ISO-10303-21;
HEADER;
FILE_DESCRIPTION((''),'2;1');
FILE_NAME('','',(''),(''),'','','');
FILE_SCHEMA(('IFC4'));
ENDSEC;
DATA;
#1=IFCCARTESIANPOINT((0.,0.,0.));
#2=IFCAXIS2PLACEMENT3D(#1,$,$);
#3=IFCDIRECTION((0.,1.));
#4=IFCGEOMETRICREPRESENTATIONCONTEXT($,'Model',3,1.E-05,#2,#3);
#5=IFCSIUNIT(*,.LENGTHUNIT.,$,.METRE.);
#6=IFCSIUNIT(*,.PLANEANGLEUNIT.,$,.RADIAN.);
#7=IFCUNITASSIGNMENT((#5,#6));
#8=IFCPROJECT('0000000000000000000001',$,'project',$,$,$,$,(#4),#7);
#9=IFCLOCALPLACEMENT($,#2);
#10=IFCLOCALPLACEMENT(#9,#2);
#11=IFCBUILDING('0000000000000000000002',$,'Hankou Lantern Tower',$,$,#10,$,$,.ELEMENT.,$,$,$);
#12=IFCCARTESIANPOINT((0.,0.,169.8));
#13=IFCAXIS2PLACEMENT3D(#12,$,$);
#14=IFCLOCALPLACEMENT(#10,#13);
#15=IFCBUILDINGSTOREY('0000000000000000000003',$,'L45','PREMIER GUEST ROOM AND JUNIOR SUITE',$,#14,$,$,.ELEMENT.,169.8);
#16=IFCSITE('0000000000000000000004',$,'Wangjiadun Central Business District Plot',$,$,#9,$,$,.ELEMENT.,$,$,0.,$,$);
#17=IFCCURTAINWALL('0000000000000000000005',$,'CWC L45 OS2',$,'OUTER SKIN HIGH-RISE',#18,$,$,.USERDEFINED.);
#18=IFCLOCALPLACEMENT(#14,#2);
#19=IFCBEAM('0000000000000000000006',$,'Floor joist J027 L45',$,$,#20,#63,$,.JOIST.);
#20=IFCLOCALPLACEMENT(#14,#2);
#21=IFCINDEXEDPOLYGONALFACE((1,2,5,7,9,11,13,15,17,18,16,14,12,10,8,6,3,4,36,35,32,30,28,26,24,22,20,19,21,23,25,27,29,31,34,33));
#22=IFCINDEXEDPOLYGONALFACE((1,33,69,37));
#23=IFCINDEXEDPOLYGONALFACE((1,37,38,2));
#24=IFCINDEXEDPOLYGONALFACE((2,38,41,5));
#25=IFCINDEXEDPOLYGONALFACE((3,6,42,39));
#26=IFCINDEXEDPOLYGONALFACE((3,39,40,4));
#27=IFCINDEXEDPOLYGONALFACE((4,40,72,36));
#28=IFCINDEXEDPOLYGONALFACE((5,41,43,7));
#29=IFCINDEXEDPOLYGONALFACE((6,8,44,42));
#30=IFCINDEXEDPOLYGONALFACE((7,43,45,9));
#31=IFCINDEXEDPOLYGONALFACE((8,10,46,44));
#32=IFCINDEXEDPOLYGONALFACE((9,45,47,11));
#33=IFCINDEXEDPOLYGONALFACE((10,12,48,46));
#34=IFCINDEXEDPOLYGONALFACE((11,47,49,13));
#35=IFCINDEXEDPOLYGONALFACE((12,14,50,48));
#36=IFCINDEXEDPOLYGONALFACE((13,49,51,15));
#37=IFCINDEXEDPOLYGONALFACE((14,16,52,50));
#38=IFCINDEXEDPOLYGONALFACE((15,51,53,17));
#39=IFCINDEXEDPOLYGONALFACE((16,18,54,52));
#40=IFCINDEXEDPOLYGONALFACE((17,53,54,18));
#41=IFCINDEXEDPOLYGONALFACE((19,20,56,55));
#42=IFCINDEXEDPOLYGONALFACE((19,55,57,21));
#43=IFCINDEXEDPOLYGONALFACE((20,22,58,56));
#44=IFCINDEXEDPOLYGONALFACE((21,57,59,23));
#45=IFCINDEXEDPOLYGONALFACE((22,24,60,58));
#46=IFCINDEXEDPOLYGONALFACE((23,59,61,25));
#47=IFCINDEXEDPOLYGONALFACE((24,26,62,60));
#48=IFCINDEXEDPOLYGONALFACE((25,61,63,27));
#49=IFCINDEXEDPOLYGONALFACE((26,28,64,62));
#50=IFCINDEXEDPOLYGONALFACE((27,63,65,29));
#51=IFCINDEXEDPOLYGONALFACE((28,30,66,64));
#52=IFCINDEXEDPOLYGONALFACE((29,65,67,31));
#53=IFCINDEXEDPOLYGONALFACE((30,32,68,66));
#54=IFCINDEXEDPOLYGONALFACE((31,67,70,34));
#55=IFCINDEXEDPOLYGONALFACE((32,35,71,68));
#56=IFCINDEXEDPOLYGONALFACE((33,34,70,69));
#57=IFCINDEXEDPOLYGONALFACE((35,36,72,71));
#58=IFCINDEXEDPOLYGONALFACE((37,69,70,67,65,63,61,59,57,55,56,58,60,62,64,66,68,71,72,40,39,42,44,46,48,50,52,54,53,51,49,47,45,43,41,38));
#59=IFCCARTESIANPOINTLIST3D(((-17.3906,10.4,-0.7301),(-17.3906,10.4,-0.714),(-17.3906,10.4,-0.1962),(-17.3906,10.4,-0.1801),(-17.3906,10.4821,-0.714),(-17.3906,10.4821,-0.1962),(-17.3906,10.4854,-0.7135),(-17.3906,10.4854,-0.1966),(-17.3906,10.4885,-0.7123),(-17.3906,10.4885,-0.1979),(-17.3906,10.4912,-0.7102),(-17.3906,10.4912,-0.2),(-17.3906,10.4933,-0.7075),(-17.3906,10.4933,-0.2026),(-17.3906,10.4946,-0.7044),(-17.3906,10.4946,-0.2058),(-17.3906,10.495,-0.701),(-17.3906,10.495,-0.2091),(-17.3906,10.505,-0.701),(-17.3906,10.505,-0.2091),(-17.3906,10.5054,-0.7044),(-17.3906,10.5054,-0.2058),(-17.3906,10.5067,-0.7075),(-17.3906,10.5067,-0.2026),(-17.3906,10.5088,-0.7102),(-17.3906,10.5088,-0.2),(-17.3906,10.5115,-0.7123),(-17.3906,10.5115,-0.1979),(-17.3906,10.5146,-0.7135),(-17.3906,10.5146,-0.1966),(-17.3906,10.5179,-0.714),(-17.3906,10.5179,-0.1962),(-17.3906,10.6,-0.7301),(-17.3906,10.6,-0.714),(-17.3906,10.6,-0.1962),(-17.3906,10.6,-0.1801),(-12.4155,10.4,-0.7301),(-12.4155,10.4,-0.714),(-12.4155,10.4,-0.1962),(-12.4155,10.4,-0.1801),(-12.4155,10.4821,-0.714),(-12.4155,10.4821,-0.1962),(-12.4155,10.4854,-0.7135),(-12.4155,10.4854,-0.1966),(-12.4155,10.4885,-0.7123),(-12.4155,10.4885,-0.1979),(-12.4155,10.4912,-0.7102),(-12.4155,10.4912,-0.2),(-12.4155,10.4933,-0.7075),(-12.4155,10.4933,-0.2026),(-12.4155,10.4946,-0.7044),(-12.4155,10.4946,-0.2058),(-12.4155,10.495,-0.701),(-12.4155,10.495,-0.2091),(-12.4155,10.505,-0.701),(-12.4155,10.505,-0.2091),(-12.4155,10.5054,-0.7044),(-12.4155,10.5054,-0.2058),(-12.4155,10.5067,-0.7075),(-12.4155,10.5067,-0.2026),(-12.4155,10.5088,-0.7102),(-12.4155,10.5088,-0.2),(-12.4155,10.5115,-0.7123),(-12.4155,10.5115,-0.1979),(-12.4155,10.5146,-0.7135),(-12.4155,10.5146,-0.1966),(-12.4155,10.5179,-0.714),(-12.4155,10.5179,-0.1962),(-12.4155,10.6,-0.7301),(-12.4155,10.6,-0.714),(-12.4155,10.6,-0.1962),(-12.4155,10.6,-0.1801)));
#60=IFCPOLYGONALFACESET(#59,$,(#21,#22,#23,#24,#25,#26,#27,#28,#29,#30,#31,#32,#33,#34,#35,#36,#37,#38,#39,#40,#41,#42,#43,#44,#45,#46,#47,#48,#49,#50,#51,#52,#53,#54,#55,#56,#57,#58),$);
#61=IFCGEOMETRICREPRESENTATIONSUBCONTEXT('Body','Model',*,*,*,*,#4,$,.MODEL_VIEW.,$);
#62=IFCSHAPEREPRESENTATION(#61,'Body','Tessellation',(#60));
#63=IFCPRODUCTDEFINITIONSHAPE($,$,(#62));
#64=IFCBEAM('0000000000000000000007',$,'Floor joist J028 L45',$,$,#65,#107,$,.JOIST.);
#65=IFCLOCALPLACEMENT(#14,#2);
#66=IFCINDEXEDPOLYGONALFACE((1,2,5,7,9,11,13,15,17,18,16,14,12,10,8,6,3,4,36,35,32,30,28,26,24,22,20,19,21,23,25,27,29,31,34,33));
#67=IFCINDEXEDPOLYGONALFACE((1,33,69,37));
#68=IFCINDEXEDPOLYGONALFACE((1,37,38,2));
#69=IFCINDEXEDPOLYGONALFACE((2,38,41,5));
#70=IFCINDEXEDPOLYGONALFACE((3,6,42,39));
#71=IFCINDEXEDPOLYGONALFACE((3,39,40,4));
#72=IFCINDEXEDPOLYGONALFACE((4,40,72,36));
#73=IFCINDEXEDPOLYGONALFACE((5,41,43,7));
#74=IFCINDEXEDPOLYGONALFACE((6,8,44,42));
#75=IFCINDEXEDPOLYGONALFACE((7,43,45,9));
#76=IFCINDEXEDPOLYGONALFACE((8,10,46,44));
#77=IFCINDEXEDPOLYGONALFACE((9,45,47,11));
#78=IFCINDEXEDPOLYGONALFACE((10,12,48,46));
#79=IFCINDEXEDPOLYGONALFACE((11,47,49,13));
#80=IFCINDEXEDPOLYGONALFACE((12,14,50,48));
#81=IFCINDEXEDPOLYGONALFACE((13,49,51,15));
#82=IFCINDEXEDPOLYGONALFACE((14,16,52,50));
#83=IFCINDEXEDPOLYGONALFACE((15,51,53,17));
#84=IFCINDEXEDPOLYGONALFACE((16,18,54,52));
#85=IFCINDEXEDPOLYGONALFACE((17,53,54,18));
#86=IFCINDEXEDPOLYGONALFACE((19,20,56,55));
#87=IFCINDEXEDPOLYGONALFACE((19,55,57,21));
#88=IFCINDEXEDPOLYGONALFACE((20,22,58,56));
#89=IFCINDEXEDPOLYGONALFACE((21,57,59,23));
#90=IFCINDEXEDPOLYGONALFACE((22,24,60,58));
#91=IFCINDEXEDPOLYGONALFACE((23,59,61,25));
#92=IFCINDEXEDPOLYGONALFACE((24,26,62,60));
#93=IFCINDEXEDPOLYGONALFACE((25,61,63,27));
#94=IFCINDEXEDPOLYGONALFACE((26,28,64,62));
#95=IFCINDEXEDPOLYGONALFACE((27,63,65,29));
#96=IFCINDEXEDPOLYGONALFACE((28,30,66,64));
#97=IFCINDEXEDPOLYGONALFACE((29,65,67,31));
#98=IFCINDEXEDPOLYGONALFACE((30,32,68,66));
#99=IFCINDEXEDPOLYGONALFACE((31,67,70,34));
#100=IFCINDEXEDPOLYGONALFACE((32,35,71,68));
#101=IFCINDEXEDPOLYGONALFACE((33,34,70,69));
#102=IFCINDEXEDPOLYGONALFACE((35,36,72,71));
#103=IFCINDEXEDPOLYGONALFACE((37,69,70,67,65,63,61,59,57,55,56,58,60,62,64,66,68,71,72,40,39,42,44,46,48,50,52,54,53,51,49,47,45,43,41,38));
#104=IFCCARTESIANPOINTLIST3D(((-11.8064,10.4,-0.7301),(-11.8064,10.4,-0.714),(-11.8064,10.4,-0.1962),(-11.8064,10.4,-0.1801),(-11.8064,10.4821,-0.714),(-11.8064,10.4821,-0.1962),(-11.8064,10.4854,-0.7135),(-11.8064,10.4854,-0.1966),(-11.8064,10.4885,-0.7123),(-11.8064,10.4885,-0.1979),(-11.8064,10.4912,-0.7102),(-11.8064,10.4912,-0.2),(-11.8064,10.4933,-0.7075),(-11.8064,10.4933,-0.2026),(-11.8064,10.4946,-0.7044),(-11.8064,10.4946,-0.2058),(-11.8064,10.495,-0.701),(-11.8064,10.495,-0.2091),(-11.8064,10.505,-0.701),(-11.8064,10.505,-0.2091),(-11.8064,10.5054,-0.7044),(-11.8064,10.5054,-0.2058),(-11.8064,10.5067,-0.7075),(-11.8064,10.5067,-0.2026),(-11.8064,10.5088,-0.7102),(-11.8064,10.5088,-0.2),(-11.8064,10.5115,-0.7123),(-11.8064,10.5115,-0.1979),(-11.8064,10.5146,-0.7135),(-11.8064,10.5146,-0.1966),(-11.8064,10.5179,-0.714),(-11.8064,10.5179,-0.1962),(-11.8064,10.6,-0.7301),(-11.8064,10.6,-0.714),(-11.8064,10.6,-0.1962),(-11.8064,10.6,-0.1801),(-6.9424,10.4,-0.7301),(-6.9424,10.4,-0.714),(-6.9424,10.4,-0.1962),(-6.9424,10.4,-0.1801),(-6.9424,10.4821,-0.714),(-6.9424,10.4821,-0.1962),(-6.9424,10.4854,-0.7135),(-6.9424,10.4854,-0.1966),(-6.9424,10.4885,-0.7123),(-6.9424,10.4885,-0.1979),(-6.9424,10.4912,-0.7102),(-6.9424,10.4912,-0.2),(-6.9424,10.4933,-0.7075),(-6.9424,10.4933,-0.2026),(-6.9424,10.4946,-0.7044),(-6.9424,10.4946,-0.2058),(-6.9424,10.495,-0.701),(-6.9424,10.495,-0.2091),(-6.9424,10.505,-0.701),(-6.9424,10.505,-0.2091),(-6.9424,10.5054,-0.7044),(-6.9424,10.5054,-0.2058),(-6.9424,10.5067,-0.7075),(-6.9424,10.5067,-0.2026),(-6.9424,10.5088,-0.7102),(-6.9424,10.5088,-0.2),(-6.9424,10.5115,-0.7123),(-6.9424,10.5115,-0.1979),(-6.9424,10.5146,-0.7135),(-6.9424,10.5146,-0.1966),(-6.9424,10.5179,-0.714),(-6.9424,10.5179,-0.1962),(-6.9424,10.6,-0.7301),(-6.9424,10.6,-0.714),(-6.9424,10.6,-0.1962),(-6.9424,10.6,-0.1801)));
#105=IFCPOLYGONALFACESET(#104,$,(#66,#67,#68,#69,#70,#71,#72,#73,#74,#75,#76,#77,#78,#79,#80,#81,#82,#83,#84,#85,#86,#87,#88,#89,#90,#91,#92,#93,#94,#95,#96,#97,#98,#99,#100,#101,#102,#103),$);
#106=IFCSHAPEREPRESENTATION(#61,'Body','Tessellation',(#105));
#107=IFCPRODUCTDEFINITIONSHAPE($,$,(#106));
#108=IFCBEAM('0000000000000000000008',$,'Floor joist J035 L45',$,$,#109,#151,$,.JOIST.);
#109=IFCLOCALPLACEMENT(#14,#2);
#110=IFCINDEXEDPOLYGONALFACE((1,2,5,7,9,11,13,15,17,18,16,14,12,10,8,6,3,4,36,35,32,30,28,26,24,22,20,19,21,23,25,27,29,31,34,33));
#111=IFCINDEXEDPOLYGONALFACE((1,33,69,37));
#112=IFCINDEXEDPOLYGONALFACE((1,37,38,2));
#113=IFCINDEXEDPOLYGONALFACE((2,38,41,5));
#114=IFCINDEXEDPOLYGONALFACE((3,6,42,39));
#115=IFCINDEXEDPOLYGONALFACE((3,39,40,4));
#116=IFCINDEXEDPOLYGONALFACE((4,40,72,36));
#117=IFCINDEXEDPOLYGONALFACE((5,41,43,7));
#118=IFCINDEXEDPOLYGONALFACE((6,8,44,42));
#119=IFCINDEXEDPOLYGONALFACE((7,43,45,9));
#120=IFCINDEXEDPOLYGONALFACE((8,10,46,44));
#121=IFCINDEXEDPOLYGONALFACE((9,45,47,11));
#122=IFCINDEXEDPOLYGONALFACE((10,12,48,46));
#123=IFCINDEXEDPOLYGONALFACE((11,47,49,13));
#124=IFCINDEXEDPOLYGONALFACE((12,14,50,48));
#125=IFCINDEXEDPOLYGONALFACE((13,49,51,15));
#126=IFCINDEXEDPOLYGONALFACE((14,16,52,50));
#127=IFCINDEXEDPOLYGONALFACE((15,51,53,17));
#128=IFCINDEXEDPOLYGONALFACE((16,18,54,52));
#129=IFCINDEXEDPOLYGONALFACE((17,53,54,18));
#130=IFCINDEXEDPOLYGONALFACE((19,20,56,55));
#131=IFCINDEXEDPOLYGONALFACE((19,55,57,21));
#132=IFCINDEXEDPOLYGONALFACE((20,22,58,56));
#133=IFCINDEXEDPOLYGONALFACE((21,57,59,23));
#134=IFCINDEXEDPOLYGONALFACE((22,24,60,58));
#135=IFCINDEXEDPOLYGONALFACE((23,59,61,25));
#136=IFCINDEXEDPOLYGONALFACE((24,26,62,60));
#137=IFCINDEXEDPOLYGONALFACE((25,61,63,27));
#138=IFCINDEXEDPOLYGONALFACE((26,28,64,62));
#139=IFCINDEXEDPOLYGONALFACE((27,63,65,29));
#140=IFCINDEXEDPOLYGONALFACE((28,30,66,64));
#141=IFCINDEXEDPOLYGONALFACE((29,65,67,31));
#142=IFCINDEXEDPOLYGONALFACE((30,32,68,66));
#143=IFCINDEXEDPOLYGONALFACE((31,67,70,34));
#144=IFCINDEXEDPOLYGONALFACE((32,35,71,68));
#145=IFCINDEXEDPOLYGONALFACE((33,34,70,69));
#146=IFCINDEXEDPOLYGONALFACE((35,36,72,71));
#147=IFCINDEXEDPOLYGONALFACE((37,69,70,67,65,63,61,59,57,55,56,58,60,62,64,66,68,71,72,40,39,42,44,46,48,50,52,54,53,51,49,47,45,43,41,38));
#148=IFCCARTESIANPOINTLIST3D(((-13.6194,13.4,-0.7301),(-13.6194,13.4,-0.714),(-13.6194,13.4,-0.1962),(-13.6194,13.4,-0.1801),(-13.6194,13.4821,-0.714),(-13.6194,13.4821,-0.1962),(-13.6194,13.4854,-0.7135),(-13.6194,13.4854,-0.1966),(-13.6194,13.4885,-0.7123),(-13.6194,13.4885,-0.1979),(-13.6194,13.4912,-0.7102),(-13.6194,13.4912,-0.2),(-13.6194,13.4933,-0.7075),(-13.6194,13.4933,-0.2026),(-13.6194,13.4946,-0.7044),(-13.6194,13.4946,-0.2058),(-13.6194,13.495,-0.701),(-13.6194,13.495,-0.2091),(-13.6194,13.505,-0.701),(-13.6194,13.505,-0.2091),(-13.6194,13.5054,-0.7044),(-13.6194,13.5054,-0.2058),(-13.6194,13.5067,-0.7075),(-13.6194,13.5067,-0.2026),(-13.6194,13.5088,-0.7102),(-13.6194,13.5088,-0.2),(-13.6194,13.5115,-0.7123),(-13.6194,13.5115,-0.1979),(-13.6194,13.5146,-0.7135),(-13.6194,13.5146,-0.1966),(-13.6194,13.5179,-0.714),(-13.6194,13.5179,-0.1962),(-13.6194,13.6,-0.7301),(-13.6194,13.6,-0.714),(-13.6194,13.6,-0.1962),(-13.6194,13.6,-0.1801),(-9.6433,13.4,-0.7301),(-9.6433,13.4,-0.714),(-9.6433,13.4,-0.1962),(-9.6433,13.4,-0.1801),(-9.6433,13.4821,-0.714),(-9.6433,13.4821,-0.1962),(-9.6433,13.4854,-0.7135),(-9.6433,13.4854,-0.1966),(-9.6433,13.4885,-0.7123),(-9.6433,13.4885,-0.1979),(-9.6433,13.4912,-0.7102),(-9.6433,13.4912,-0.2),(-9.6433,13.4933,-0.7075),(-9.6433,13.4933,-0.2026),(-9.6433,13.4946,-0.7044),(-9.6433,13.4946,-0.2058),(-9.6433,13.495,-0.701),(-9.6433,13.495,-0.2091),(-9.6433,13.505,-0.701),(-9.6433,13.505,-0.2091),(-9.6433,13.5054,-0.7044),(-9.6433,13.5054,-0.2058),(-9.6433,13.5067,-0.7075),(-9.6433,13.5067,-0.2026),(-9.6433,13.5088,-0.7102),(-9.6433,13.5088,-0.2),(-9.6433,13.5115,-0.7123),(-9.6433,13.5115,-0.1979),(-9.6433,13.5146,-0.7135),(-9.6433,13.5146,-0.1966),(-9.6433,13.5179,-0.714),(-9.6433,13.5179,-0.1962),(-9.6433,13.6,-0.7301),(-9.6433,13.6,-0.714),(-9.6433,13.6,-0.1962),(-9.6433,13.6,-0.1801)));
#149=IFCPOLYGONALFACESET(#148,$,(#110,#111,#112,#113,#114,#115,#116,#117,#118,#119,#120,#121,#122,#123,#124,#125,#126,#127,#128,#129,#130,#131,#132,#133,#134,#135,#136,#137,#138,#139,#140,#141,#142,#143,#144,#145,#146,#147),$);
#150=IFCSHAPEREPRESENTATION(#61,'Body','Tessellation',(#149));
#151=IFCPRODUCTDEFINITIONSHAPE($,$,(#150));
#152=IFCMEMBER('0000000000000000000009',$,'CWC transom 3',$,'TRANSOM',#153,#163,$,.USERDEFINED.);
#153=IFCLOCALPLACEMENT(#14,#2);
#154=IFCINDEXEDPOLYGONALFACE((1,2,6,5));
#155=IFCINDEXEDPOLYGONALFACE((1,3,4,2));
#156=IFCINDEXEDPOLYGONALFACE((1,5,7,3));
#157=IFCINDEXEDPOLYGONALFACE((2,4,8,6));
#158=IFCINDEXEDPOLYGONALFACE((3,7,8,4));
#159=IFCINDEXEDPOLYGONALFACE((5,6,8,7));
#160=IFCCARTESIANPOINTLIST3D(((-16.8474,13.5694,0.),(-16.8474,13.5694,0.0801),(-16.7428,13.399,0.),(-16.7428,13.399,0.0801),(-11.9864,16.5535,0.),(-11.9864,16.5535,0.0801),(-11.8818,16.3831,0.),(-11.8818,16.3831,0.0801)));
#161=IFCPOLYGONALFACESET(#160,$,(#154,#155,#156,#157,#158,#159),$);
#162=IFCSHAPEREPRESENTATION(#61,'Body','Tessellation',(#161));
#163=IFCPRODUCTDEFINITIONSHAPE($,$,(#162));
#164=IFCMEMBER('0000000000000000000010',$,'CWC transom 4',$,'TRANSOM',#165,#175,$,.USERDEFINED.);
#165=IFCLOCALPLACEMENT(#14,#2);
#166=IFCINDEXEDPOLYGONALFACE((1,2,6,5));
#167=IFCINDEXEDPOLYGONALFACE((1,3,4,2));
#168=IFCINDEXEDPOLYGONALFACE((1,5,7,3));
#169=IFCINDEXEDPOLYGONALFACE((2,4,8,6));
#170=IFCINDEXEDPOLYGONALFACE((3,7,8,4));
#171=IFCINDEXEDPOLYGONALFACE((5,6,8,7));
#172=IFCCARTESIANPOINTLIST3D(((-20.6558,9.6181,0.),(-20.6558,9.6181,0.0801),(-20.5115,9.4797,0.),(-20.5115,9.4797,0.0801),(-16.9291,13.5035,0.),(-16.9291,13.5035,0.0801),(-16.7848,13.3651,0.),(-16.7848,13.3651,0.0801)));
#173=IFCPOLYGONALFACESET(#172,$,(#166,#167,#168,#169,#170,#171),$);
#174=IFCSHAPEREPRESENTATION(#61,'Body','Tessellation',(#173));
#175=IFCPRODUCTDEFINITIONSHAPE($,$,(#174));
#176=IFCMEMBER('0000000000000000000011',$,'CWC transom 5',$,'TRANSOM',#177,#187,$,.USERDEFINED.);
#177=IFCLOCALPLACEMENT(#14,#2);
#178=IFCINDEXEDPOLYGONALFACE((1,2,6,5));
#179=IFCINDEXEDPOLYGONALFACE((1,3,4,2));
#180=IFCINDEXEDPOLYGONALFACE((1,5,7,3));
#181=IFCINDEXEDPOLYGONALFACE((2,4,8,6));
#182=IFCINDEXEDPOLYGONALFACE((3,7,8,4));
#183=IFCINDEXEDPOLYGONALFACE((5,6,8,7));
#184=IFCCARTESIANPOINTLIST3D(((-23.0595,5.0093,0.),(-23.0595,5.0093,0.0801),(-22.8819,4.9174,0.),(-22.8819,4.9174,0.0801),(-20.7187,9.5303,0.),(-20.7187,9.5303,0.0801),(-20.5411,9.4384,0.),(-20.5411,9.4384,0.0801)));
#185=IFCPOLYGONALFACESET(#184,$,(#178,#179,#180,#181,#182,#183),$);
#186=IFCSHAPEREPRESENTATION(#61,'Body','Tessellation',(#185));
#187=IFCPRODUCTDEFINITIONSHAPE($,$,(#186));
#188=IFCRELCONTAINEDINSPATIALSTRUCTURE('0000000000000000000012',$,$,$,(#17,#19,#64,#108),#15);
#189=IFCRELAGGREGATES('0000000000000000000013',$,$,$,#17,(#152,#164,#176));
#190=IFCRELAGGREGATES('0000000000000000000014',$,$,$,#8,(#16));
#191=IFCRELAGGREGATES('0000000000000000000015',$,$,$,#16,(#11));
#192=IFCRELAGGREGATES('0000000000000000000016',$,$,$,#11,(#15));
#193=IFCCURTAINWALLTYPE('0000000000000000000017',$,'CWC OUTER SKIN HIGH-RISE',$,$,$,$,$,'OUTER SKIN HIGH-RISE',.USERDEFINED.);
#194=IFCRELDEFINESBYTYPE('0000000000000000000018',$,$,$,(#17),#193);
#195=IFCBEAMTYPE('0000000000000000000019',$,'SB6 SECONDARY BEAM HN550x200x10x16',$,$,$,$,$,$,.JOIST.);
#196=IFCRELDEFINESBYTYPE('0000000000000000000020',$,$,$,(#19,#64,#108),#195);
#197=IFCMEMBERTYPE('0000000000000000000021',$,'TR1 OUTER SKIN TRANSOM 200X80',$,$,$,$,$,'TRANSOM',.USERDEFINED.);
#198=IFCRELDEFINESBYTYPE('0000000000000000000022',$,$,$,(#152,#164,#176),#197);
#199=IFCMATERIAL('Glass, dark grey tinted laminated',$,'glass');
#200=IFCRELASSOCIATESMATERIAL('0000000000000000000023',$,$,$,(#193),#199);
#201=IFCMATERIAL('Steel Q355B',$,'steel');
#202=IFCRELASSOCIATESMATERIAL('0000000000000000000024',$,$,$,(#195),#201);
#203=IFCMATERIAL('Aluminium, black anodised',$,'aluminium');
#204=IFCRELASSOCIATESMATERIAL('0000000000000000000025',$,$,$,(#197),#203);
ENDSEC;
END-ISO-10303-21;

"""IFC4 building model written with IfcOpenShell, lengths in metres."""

from ifc_helpers import new_model, si_unit, direction, frame, origin, origin_2d, place, context, subcontext, project, spatial, rectangle, i_section, extrude, material, material_profile, profile_set, type_object, element, aggregate, save


model = new_model("IFC4")

# Units and contexts
model_context = context("Model", 3, precision=1e-05, world=origin(), true_north=direction((0.0, 1.0)))
body_context = subcontext(model_context, "Body", "Model", "MODEL_VIEW")
ifc_project = project(units=[si_unit("LENGTHUNIT", "METRE"), si_unit("PLANEANGLEUNIT", "RADIAN")], contexts=[model_context])

# Site, building, storey
site_placement = place(None, origin())
site = spatial("IfcSite", under=ifc_project, at=site_placement, Name="Wangjiadun Central Business District Plot", CompositionType="ELEMENT", RefElevation=0.0)
building_placement = place(site_placement, origin())
building = spatial("IfcBuilding", under=site, at=building_placement, Name="Hankou Lantern Tower", CompositionType="ELEMENT")
storey_placement = place(building_placement, frame((0.0, 0.0, 169.8)))
storey = spatial("IfcBuildingStorey", under=building, at=storey_placement, Name="L45", Description="PREMIER GUEST ROOM AND JUNIOR SUITE", CompositionType="ELEMENT", Elevation=169.8)

# Curtain wall
ifc_material_1 = material(Name="Glass, dark grey tinted laminated", Category="glass")
curtain_wall_type = type_object("IfcCurtainWallType", Name="CWC OUTER SKIN HIGH-RISE", ElementType="OUTER SKIN HIGH-RISE", PredefinedType="USERDEFINED", material=ifc_material_1)
curtain_wall_placement = place(storey_placement, origin())
curtain_wall = element("IfcCurtainWall", 1, at=curtain_wall_placement, inside=storey, type_object=curtain_wall_type, Name="CWC L45 OS2", ObjectType="OUTER SKIN HIGH-RISE", PredefinedType="USERDEFINED")

# Beams
ifc_material_2 = material(Name="Steel Q355B", Category="steel")
ifc_material_profile_1 = material_profile(ifc_material_2, i_section(OverallWidth=0.2, OverallDepth=0.55, WebThickness=0.01, FlangeThickness=0.0161, FilletRadius=0.0129, at=origin_2d()), Name="HN550x200x10x16")
ifc_profile_set_1 = profile_set([ifc_material_profile_1], Name="Steel Q355B")
beam_type_1 = type_object("IfcBeamType", Name="SB6 SECONDARY BEAM HN550x200x10x16", PredefinedType="JOIST", material=ifc_profile_set_1)
beam_1_placement = place(storey_placement, frame((-17.3906, 10.5, -0.4551), z_axis=(1.0, 0.0, 0.0), x_axis=(0.0, 1.0, 0.0)))
element("IfcBeam", 2, at=beam_1_placement, inside=storey, type_object=beam_type_1, Name="Floor joist J027 L45", PredefinedType="JOIST", context=body_context, shape_type="SweptSolid", body=[
    extrude(i_section(OverallWidth=0.2, OverallDepth=0.55, WebThickness=0.01, FlangeThickness=0.0161, FilletRadius=0.0129, at=origin_2d()), origin(), (0.0, 0.0, 1.0), 4.9751),
])
beam_2_placement = place(storey_placement, frame((-11.8064, 10.5, -0.4551), z_axis=(1.0, 0.0, 0.0), x_axis=(0.0, 1.0, 0.0)))
element("IfcBeam", 3, at=beam_2_placement, inside=storey, type_object=beam_type_1, Name="Floor joist J028 L45", PredefinedType="JOIST", context=body_context, shape_type="SweptSolid", body=[
    extrude(i_section(OverallWidth=0.2, OverallDepth=0.55, WebThickness=0.01, FlangeThickness=0.0161, FilletRadius=0.0129, at=origin_2d()), origin(), (0.0, 0.0, 1.0), 4.864),
])
beam_3_placement = place(storey_placement, frame((-13.6194, 13.5, -0.4551), z_axis=(1.0, 0.0, 0.0), x_axis=(0.0, 1.0, 0.0)))
element("IfcBeam", 4, at=beam_3_placement, inside=storey, type_object=beam_type_1, Name="Floor joist J035 L45", PredefinedType="JOIST", context=body_context, shape_type="SweptSolid", body=[
    extrude(i_section(OverallWidth=0.2, OverallDepth=0.55, WebThickness=0.01, FlangeThickness=0.0161, FilletRadius=0.0129, at=origin_2d()), origin(), (0.0, 0.0, 1.0), 3.9761),
])

# Members
ifc_material_3 = material(Name="Aluminium, black anodised", Category="aluminium")
ifc_material_profile_2 = material_profile(ifc_material_3, rectangle(XDim=0.2, YDim=0.0801, at=origin_2d()), Name="TR1 200X80")
ifc_profile_set_2 = profile_set([ifc_material_profile_2], Name="Aluminium, black anodised")
member_type_1 = type_object("IfcMemberType", Name="TR1 OUTER SKIN TRANSOM 200X80", ElementType="TRANSOM", PredefinedType="USERDEFINED", material=ifc_profile_set_2)
member_1_placement = place(storey_placement, frame((-11.9341, 16.4683, 0.04), z_axis=(-0.852229, -0.523168, 0.0), x_axis=(0.523168, -0.852229, 0.0)))
member_1 = element("IfcMember", 5, at=member_1_placement, type_object=member_type_1, Name="CWC transom 3", ObjectType="TRANSOM", PredefinedType="USERDEFINED", context=body_context, shape_type="SweptSolid", body=[
    extrude(rectangle(XDim=0.2, YDim=0.0801, at=origin_2d()), origin(), (0.0, 0.0, 1.0), 5.7039),
])
member_2_placement = place(storey_placement, frame((-16.8569, 13.4343, 0.04), z_axis=(-0.692216, -0.721691, 0.0), x_axis=(0.721691, -0.692216, 0.0)))
member_2 = element("IfcMember", 6, at=member_2_placement, type_object=member_type_1, Name="CWC transom 4", ObjectType="TRANSOM", PredefinedType="USERDEFINED", context=body_context, shape_type="SweptSolid", body=[
    extrude(rectangle(XDim=0.2, YDim=0.0801, at=origin_2d()), origin(), (0.0, 0.0, 1.0), 5.3838),
])
member_3_placement = place(storey_placement, frame((-20.6299, 9.4844, 0.04), z_axis=(-0.459791, -0.888027, 0.0), x_axis=(0.888027, -0.459791, 0.0)))
member_3 = element("IfcMember", 7, at=member_3_placement, type_object=member_type_1, Name="CWC transom 5", ObjectType="TRANSOM", PredefinedType="USERDEFINED", context=body_context, shape_type="SweptSolid", body=[
    extrude(rectangle(XDim=0.2, YDim=0.0801, at=origin_2d()), origin(), (0.0, 0.0, 1.0), 5.0911),
])

aggregate(curtain_wall, [member_1, member_2, member_3])

save(model, "model.ifc")
